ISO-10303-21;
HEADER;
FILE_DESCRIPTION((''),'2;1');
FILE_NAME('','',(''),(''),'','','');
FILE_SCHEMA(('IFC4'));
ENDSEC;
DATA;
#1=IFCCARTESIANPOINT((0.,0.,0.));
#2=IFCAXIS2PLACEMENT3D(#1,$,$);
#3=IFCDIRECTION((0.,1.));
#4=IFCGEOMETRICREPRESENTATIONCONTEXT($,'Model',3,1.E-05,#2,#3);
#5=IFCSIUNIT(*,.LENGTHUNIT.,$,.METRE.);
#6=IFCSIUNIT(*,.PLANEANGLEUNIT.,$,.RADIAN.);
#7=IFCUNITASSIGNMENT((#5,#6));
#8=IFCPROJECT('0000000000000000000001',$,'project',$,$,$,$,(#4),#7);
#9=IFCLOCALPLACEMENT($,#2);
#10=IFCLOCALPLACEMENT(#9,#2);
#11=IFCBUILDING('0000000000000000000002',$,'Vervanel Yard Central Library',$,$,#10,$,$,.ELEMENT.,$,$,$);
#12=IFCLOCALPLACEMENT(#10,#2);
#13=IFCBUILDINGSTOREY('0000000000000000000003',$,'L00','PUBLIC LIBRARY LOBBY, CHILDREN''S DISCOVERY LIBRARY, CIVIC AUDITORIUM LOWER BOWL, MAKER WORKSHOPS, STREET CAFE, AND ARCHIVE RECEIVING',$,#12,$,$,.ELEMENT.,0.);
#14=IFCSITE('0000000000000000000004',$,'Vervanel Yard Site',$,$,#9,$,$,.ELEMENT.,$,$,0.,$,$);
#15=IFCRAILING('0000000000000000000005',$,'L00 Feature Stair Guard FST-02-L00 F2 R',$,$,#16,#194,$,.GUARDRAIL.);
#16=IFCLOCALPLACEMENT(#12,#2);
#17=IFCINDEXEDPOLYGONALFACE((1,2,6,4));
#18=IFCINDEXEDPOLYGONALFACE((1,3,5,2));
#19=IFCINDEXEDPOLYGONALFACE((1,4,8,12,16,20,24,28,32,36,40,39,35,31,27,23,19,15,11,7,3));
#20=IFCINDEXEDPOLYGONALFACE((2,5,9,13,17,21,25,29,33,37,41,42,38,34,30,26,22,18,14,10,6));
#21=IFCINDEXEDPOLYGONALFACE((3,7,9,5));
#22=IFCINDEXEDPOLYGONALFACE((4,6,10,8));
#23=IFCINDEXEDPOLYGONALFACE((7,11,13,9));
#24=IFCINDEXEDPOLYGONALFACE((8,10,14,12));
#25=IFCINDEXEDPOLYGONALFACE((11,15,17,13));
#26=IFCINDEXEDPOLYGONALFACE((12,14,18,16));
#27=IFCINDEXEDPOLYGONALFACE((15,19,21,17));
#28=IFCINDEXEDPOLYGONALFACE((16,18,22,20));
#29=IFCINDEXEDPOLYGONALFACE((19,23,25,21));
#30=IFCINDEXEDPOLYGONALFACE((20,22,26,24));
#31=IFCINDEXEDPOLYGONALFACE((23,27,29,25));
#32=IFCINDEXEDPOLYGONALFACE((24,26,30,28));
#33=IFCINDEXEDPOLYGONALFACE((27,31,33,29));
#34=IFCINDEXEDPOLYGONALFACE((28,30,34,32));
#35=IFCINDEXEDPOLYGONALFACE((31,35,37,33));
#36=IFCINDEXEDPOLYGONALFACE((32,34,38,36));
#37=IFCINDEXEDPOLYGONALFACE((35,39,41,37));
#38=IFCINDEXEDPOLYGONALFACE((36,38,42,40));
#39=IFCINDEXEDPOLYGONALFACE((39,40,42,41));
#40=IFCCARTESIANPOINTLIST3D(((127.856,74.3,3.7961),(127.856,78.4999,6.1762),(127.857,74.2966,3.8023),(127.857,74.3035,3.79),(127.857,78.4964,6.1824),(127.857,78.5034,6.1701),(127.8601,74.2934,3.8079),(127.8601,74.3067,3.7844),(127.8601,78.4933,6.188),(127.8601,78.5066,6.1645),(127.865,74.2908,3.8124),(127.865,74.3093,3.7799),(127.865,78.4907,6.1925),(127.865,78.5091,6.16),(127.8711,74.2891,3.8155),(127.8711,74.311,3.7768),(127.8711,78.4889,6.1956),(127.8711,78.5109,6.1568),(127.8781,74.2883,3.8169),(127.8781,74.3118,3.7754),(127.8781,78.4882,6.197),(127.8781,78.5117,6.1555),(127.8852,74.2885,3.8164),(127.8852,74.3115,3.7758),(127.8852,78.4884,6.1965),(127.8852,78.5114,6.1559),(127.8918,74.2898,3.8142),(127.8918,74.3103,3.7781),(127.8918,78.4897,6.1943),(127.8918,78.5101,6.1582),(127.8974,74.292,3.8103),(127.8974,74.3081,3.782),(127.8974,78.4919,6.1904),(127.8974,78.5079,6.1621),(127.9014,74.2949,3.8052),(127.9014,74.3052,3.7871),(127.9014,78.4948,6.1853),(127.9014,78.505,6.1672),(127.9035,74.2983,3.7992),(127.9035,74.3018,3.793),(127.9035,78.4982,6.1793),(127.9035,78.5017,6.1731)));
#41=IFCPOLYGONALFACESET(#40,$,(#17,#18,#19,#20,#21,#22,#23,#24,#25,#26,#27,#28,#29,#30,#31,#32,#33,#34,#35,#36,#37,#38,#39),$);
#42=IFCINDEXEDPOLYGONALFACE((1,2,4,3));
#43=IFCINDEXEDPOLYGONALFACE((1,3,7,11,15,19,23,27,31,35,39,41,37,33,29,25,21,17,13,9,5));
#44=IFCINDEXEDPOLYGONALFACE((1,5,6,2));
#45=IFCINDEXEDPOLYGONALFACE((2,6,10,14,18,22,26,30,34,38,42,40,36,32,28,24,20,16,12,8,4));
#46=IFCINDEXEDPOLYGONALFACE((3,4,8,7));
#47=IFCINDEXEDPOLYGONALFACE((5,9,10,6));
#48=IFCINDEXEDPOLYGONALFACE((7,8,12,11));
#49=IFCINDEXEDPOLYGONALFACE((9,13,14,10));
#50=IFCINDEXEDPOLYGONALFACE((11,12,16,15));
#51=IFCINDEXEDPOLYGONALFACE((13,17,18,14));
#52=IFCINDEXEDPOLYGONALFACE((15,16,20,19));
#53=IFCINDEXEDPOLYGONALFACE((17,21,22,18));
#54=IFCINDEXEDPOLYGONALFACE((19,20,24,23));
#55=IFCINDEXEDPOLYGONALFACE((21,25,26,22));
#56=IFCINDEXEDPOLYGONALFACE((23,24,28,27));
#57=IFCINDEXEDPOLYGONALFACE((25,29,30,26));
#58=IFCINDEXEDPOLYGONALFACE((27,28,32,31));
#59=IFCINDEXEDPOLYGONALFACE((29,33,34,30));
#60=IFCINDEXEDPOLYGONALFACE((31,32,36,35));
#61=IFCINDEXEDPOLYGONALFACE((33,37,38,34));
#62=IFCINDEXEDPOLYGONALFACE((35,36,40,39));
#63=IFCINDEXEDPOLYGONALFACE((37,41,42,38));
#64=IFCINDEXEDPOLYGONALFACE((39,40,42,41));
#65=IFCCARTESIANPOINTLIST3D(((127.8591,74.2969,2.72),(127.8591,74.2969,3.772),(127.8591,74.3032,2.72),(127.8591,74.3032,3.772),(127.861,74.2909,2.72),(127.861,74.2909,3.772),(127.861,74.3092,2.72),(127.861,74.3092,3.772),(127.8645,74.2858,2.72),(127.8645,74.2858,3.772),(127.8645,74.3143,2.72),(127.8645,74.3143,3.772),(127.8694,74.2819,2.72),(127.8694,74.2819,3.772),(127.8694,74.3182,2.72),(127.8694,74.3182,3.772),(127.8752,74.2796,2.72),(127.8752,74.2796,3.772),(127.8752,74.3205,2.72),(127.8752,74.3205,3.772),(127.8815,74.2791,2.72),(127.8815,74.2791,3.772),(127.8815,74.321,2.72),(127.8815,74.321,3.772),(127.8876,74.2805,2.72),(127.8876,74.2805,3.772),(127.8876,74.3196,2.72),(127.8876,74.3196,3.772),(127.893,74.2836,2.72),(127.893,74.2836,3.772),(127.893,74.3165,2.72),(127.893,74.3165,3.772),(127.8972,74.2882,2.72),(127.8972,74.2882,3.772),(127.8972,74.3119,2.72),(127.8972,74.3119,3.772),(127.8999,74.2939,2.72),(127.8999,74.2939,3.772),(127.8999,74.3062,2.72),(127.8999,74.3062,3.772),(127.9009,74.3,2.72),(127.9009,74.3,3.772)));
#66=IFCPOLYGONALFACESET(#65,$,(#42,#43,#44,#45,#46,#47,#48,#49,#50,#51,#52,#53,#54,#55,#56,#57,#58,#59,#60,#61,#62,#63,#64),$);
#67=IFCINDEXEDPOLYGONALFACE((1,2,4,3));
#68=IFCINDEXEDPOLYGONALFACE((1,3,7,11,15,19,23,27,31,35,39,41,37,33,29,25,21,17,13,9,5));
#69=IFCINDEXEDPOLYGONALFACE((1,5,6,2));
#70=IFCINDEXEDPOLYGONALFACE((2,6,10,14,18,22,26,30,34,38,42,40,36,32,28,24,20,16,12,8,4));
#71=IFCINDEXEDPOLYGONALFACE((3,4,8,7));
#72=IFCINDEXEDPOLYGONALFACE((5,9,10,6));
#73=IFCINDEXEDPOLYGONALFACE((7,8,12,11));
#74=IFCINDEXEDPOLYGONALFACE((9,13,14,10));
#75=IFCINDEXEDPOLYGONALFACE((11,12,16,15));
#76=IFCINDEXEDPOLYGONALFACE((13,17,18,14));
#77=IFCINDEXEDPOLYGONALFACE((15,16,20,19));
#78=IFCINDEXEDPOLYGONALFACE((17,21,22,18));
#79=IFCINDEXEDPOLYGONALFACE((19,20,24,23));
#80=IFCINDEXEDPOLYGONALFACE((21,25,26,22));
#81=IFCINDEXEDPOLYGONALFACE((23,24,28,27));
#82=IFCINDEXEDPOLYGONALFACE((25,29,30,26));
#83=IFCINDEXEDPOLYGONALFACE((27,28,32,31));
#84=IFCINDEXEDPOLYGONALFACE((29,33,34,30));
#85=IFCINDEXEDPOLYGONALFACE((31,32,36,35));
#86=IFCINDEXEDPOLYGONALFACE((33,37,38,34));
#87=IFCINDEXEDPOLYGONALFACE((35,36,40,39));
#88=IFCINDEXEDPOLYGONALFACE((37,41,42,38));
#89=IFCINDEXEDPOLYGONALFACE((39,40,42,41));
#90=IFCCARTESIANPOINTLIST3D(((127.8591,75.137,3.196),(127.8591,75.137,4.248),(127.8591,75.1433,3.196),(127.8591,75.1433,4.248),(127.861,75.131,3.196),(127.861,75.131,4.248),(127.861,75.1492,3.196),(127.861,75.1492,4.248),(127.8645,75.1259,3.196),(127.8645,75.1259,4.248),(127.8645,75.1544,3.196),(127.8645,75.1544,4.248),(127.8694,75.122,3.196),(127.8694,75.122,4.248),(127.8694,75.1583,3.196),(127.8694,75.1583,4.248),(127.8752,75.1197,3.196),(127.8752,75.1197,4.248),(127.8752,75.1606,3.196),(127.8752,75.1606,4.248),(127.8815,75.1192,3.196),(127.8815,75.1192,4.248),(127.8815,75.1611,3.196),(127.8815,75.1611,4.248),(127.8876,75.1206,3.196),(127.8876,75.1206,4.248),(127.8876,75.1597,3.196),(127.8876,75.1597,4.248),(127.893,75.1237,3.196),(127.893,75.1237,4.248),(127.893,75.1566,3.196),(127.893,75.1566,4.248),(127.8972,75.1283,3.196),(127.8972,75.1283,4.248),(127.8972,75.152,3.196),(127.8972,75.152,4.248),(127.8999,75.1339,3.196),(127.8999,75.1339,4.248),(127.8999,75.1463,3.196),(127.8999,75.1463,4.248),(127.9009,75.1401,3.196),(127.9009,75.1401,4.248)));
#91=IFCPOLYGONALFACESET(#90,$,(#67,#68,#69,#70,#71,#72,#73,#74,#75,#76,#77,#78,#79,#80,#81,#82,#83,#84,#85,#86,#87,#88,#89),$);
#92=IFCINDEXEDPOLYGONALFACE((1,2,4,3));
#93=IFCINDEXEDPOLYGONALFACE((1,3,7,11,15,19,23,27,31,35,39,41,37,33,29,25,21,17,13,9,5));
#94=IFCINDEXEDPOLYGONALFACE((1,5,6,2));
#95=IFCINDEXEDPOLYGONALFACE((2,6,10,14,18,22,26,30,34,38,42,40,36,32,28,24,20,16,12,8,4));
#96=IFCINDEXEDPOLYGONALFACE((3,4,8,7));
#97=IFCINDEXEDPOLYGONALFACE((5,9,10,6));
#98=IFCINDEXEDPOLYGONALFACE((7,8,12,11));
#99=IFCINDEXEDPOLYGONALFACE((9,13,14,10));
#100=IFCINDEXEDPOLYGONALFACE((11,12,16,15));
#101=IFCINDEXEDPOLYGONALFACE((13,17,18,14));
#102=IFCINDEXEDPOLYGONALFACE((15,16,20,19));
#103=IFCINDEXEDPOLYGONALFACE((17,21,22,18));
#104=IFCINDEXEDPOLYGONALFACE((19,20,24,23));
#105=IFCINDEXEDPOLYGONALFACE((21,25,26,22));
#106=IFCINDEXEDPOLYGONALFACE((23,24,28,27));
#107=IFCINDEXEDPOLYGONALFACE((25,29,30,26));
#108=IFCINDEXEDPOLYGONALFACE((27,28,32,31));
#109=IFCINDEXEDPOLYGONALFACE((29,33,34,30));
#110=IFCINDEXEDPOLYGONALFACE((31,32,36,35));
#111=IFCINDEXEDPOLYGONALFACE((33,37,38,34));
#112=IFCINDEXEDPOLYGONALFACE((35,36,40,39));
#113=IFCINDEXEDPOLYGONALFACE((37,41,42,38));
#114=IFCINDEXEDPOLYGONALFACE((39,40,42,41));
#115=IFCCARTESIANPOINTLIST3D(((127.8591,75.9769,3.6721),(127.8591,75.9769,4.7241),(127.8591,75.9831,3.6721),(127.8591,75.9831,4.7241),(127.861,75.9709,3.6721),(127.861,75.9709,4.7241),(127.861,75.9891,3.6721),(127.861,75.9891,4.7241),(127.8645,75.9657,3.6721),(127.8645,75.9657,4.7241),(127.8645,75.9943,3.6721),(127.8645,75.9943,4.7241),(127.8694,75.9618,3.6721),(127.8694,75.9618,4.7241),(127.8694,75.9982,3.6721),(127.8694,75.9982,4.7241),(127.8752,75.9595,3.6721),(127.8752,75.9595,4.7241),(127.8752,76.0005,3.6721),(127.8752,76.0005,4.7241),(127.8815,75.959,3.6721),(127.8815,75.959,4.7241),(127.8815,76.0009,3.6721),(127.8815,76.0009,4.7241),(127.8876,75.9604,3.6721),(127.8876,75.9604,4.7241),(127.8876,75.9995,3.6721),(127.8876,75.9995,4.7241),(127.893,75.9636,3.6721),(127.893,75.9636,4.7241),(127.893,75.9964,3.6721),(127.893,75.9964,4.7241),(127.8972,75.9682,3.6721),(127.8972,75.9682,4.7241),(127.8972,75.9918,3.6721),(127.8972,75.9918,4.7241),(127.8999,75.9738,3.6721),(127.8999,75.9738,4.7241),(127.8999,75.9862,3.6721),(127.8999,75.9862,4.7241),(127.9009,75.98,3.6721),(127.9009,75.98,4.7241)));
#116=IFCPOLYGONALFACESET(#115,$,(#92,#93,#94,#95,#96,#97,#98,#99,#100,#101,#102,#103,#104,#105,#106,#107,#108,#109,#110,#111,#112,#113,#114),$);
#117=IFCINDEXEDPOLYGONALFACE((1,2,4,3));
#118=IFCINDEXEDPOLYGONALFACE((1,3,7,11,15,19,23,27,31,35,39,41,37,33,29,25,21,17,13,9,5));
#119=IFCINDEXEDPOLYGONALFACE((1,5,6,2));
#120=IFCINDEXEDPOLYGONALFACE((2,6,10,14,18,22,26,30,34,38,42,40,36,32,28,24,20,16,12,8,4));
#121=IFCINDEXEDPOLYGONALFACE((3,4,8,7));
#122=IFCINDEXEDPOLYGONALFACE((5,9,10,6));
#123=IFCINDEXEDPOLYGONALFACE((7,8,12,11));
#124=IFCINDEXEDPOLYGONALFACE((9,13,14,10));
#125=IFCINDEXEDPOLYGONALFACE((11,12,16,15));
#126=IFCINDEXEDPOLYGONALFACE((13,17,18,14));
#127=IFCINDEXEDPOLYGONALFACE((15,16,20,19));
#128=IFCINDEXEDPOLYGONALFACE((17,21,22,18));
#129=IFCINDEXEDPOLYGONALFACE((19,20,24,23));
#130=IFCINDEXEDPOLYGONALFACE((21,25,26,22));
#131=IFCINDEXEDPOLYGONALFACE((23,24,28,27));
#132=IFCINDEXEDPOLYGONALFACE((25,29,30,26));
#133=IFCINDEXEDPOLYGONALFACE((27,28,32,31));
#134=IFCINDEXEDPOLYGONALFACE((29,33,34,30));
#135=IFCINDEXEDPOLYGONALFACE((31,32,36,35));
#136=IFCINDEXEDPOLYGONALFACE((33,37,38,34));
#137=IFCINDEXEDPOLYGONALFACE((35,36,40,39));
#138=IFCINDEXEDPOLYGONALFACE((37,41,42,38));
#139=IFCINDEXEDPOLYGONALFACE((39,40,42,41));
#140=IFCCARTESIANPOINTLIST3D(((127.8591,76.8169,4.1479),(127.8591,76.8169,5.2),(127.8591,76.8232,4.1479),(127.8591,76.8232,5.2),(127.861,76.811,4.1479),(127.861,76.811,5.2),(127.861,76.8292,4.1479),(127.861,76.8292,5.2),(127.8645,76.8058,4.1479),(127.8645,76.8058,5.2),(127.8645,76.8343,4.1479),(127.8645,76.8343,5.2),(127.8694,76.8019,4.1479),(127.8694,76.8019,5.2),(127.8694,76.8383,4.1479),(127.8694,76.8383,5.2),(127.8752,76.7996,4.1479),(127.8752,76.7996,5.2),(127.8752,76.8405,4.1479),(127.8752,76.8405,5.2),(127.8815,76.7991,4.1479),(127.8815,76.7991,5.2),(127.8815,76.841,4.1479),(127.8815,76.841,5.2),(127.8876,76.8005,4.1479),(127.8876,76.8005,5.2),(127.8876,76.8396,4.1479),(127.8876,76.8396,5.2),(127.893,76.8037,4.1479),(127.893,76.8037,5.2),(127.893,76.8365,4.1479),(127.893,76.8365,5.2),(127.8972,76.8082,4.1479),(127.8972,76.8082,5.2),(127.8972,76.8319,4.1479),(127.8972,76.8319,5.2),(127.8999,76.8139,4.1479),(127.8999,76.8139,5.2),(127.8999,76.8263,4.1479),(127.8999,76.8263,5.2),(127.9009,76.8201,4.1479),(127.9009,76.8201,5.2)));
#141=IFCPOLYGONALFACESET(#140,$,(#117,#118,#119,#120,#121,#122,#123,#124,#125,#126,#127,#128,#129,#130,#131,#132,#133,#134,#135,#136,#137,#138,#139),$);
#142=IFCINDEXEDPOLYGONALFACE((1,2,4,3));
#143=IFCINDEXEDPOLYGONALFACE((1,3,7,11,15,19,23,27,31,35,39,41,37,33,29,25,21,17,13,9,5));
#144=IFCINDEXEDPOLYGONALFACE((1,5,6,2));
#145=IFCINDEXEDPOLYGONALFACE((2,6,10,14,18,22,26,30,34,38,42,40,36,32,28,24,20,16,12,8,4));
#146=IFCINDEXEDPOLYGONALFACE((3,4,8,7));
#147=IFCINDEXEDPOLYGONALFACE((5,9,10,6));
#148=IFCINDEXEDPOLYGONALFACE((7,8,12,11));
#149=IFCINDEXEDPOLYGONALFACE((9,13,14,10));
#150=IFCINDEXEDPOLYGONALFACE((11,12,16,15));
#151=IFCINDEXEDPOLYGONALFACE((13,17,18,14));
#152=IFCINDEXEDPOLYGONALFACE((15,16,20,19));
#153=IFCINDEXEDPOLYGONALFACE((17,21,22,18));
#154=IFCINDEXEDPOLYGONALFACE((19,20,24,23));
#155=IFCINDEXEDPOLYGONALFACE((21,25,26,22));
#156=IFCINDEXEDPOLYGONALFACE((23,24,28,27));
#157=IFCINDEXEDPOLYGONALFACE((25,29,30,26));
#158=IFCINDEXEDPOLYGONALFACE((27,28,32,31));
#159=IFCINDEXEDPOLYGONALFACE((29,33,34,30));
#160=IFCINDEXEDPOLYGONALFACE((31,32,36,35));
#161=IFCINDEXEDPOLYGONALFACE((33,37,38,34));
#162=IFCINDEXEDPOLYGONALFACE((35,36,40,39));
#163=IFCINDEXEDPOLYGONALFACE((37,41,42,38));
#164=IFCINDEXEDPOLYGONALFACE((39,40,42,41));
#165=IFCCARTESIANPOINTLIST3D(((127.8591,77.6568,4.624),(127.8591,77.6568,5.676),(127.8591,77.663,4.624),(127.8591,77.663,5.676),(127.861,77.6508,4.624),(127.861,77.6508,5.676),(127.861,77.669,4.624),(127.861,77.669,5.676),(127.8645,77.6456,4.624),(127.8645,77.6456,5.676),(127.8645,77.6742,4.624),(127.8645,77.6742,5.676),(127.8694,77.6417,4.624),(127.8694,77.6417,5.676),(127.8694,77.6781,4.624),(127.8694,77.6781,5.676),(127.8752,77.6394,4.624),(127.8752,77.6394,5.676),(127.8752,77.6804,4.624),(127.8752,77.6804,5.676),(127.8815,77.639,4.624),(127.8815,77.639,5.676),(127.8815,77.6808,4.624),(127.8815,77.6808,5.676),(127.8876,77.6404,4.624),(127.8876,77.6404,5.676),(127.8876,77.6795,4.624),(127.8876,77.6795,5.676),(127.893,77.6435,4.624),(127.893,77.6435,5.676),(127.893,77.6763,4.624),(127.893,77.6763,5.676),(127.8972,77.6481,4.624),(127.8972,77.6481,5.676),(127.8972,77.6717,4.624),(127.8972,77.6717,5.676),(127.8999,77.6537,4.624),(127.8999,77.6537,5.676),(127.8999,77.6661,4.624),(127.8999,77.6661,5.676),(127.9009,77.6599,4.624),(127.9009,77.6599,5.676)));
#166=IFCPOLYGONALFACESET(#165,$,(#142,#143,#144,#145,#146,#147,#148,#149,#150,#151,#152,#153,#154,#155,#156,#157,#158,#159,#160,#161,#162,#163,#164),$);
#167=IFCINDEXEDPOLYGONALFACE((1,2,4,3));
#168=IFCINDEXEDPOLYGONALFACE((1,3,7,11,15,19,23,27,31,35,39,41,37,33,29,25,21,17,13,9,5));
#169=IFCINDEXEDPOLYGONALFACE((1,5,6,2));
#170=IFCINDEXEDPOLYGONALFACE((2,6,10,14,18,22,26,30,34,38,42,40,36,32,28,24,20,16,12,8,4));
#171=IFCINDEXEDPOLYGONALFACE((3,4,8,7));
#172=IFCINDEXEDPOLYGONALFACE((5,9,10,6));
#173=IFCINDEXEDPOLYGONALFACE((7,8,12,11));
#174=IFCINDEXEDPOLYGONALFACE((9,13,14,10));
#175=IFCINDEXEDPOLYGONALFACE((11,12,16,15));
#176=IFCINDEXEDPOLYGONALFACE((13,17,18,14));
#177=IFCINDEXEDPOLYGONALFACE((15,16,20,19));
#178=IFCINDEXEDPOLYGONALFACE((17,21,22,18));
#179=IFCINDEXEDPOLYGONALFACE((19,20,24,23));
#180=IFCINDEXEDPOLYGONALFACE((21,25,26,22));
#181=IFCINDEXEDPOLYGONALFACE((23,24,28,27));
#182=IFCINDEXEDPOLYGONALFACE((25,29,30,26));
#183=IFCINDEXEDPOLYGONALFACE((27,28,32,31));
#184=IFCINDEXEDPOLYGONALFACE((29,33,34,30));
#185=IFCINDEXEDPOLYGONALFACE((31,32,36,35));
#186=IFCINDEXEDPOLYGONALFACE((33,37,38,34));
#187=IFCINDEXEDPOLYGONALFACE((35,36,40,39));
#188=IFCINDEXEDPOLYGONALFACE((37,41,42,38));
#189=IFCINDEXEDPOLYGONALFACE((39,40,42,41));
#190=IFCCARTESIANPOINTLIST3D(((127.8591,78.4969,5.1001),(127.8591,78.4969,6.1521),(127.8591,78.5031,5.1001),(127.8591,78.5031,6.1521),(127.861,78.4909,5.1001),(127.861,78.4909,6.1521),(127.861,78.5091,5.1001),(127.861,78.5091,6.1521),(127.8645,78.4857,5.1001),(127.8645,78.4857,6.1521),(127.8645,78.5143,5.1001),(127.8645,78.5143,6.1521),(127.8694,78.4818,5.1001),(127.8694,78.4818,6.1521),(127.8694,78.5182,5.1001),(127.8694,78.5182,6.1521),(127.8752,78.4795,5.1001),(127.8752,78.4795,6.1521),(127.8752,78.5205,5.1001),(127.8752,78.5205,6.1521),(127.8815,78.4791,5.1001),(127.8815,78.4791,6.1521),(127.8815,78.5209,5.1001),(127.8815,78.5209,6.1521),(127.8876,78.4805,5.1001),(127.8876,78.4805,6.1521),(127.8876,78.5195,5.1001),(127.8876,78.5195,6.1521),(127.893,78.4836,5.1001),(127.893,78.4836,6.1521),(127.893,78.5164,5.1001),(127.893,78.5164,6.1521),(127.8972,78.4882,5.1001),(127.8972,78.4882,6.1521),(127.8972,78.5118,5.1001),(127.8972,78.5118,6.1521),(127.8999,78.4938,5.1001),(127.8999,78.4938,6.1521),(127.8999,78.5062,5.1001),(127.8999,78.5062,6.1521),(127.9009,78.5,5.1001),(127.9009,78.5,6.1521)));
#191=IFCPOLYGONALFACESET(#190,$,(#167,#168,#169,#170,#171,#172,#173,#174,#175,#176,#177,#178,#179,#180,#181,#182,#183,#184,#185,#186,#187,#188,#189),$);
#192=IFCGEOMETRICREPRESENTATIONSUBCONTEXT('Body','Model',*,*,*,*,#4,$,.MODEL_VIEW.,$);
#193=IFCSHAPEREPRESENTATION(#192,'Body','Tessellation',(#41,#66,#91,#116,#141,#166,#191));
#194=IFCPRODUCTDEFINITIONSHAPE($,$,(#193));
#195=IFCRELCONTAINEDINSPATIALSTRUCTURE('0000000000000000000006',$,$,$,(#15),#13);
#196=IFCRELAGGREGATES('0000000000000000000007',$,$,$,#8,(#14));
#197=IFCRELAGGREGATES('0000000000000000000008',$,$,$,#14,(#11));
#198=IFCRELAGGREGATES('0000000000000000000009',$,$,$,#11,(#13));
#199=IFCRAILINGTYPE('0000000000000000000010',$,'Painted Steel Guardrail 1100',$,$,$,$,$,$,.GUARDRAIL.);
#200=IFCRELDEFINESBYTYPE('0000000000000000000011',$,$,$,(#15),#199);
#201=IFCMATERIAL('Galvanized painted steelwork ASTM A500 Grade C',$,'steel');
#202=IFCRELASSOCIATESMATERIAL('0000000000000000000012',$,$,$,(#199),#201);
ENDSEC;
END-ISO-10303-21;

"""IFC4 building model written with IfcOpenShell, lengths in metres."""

from ifc_helpers import new_model, si_unit, direction, frame, origin, origin_2d, place, context, subcontext, project, spatial, circle, extrude, material, type_object, element, save


model = new_model("IFC4")

# Units and contexts
model_context = context("Model", 3, precision=1e-05, world=origin(), true_north=direction((0.0, 1.0)))
body_context = subcontext(model_context, "Body", "Model", "MODEL_VIEW")
ifc_project = project(units=[si_unit("LENGTHUNIT", "METRE"), si_unit("PLANEANGLEUNIT", "RADIAN")], contexts=[model_context])

# Site, building, storey
site_placement = place(None, origin())
site = spatial("IfcSite", under=ifc_project, at=site_placement, Name="Vervanel Yard Site", CompositionType="ELEMENT", RefElevation=0.0)
building_placement = place(site_placement, origin())
building = spatial("IfcBuilding", under=site, at=building_placement, Name="Vervanel Yard Central Library", CompositionType="ELEMENT")
storey_placement = place(building_placement, origin())
storey = spatial("IfcBuildingStorey", under=building, at=storey_placement, Name="L00", Description="PUBLIC LIBRARY LOBBY, CHILDREN'S DISCOVERY LIBRARY, CIVIC AUDITORIUM LOWER BOWL, MAKER WORKSHOPS, STREET CAFE, AND ARCHIVE RECEIVING", CompositionType="ELEMENT", Elevation=0.0)

# Railing
ifc_material_1 = material(Name="Galvanized painted steelwork ASTM A500 Grade C", Category="steel")
railing_type = type_object("IfcRailingType", Name="Painted Steel Guardrail 1100", PredefinedType="GUARDRAIL", material=ifc_material_1)
for number, where, name in (
    (1, (127.8799, 74.3, 2.72), "L00 Feature Stair Guard FST-02-L00 F2 R"),
):
    element("IfcRailing", number, at=place(storey_placement, frame(where)), inside=storey, type_object=railing_type, Name=name, PredefinedType="GUARDRAIL", context=body_context, shape_type="SweptSolid", body=[
        extrude(circle(Radius=0.0239, at=origin_2d()), frame((0.0, 0.0, 1.0762), z_axis=(0.0, 0.870008, 0.493037), x_axis=(-1.0, 0.0, 0.0)), (0.0, 0.0, 1.0), 4.8274),
        extrude(circle(Radius=0.021, at=origin_2d()), origin(), (0.0, 0.0, 1.0), 1.052),
        extrude(circle(Radius=0.021, at=origin_2d()), frame((0.0, 0.8401, 0.4761)), (0.0, 0.0, 1.0), 1.052),
        extrude(circle(Radius=0.021, at=origin_2d()), frame((0.0, 1.6799, 0.9521)), (0.0, 0.0, 1.0), 1.052),
        extrude(circle(Radius=0.021, at=origin_2d()), frame((0.0, 2.52, 1.428)), (0.0, 0.0, 1.0), 1.052),
        extrude(circle(Radius=0.021, at=origin_2d()), frame((0.0, 3.3599, 1.9041)), (0.0, 0.0, 1.0), 1.052),
        extrude(circle(Radius=0.021, at=origin_2d()), frame((0.0, 4.2, 2.3801)), (0.0, 0.0, 1.0), 1.052),
    ])

save(model, "model.ifc")
